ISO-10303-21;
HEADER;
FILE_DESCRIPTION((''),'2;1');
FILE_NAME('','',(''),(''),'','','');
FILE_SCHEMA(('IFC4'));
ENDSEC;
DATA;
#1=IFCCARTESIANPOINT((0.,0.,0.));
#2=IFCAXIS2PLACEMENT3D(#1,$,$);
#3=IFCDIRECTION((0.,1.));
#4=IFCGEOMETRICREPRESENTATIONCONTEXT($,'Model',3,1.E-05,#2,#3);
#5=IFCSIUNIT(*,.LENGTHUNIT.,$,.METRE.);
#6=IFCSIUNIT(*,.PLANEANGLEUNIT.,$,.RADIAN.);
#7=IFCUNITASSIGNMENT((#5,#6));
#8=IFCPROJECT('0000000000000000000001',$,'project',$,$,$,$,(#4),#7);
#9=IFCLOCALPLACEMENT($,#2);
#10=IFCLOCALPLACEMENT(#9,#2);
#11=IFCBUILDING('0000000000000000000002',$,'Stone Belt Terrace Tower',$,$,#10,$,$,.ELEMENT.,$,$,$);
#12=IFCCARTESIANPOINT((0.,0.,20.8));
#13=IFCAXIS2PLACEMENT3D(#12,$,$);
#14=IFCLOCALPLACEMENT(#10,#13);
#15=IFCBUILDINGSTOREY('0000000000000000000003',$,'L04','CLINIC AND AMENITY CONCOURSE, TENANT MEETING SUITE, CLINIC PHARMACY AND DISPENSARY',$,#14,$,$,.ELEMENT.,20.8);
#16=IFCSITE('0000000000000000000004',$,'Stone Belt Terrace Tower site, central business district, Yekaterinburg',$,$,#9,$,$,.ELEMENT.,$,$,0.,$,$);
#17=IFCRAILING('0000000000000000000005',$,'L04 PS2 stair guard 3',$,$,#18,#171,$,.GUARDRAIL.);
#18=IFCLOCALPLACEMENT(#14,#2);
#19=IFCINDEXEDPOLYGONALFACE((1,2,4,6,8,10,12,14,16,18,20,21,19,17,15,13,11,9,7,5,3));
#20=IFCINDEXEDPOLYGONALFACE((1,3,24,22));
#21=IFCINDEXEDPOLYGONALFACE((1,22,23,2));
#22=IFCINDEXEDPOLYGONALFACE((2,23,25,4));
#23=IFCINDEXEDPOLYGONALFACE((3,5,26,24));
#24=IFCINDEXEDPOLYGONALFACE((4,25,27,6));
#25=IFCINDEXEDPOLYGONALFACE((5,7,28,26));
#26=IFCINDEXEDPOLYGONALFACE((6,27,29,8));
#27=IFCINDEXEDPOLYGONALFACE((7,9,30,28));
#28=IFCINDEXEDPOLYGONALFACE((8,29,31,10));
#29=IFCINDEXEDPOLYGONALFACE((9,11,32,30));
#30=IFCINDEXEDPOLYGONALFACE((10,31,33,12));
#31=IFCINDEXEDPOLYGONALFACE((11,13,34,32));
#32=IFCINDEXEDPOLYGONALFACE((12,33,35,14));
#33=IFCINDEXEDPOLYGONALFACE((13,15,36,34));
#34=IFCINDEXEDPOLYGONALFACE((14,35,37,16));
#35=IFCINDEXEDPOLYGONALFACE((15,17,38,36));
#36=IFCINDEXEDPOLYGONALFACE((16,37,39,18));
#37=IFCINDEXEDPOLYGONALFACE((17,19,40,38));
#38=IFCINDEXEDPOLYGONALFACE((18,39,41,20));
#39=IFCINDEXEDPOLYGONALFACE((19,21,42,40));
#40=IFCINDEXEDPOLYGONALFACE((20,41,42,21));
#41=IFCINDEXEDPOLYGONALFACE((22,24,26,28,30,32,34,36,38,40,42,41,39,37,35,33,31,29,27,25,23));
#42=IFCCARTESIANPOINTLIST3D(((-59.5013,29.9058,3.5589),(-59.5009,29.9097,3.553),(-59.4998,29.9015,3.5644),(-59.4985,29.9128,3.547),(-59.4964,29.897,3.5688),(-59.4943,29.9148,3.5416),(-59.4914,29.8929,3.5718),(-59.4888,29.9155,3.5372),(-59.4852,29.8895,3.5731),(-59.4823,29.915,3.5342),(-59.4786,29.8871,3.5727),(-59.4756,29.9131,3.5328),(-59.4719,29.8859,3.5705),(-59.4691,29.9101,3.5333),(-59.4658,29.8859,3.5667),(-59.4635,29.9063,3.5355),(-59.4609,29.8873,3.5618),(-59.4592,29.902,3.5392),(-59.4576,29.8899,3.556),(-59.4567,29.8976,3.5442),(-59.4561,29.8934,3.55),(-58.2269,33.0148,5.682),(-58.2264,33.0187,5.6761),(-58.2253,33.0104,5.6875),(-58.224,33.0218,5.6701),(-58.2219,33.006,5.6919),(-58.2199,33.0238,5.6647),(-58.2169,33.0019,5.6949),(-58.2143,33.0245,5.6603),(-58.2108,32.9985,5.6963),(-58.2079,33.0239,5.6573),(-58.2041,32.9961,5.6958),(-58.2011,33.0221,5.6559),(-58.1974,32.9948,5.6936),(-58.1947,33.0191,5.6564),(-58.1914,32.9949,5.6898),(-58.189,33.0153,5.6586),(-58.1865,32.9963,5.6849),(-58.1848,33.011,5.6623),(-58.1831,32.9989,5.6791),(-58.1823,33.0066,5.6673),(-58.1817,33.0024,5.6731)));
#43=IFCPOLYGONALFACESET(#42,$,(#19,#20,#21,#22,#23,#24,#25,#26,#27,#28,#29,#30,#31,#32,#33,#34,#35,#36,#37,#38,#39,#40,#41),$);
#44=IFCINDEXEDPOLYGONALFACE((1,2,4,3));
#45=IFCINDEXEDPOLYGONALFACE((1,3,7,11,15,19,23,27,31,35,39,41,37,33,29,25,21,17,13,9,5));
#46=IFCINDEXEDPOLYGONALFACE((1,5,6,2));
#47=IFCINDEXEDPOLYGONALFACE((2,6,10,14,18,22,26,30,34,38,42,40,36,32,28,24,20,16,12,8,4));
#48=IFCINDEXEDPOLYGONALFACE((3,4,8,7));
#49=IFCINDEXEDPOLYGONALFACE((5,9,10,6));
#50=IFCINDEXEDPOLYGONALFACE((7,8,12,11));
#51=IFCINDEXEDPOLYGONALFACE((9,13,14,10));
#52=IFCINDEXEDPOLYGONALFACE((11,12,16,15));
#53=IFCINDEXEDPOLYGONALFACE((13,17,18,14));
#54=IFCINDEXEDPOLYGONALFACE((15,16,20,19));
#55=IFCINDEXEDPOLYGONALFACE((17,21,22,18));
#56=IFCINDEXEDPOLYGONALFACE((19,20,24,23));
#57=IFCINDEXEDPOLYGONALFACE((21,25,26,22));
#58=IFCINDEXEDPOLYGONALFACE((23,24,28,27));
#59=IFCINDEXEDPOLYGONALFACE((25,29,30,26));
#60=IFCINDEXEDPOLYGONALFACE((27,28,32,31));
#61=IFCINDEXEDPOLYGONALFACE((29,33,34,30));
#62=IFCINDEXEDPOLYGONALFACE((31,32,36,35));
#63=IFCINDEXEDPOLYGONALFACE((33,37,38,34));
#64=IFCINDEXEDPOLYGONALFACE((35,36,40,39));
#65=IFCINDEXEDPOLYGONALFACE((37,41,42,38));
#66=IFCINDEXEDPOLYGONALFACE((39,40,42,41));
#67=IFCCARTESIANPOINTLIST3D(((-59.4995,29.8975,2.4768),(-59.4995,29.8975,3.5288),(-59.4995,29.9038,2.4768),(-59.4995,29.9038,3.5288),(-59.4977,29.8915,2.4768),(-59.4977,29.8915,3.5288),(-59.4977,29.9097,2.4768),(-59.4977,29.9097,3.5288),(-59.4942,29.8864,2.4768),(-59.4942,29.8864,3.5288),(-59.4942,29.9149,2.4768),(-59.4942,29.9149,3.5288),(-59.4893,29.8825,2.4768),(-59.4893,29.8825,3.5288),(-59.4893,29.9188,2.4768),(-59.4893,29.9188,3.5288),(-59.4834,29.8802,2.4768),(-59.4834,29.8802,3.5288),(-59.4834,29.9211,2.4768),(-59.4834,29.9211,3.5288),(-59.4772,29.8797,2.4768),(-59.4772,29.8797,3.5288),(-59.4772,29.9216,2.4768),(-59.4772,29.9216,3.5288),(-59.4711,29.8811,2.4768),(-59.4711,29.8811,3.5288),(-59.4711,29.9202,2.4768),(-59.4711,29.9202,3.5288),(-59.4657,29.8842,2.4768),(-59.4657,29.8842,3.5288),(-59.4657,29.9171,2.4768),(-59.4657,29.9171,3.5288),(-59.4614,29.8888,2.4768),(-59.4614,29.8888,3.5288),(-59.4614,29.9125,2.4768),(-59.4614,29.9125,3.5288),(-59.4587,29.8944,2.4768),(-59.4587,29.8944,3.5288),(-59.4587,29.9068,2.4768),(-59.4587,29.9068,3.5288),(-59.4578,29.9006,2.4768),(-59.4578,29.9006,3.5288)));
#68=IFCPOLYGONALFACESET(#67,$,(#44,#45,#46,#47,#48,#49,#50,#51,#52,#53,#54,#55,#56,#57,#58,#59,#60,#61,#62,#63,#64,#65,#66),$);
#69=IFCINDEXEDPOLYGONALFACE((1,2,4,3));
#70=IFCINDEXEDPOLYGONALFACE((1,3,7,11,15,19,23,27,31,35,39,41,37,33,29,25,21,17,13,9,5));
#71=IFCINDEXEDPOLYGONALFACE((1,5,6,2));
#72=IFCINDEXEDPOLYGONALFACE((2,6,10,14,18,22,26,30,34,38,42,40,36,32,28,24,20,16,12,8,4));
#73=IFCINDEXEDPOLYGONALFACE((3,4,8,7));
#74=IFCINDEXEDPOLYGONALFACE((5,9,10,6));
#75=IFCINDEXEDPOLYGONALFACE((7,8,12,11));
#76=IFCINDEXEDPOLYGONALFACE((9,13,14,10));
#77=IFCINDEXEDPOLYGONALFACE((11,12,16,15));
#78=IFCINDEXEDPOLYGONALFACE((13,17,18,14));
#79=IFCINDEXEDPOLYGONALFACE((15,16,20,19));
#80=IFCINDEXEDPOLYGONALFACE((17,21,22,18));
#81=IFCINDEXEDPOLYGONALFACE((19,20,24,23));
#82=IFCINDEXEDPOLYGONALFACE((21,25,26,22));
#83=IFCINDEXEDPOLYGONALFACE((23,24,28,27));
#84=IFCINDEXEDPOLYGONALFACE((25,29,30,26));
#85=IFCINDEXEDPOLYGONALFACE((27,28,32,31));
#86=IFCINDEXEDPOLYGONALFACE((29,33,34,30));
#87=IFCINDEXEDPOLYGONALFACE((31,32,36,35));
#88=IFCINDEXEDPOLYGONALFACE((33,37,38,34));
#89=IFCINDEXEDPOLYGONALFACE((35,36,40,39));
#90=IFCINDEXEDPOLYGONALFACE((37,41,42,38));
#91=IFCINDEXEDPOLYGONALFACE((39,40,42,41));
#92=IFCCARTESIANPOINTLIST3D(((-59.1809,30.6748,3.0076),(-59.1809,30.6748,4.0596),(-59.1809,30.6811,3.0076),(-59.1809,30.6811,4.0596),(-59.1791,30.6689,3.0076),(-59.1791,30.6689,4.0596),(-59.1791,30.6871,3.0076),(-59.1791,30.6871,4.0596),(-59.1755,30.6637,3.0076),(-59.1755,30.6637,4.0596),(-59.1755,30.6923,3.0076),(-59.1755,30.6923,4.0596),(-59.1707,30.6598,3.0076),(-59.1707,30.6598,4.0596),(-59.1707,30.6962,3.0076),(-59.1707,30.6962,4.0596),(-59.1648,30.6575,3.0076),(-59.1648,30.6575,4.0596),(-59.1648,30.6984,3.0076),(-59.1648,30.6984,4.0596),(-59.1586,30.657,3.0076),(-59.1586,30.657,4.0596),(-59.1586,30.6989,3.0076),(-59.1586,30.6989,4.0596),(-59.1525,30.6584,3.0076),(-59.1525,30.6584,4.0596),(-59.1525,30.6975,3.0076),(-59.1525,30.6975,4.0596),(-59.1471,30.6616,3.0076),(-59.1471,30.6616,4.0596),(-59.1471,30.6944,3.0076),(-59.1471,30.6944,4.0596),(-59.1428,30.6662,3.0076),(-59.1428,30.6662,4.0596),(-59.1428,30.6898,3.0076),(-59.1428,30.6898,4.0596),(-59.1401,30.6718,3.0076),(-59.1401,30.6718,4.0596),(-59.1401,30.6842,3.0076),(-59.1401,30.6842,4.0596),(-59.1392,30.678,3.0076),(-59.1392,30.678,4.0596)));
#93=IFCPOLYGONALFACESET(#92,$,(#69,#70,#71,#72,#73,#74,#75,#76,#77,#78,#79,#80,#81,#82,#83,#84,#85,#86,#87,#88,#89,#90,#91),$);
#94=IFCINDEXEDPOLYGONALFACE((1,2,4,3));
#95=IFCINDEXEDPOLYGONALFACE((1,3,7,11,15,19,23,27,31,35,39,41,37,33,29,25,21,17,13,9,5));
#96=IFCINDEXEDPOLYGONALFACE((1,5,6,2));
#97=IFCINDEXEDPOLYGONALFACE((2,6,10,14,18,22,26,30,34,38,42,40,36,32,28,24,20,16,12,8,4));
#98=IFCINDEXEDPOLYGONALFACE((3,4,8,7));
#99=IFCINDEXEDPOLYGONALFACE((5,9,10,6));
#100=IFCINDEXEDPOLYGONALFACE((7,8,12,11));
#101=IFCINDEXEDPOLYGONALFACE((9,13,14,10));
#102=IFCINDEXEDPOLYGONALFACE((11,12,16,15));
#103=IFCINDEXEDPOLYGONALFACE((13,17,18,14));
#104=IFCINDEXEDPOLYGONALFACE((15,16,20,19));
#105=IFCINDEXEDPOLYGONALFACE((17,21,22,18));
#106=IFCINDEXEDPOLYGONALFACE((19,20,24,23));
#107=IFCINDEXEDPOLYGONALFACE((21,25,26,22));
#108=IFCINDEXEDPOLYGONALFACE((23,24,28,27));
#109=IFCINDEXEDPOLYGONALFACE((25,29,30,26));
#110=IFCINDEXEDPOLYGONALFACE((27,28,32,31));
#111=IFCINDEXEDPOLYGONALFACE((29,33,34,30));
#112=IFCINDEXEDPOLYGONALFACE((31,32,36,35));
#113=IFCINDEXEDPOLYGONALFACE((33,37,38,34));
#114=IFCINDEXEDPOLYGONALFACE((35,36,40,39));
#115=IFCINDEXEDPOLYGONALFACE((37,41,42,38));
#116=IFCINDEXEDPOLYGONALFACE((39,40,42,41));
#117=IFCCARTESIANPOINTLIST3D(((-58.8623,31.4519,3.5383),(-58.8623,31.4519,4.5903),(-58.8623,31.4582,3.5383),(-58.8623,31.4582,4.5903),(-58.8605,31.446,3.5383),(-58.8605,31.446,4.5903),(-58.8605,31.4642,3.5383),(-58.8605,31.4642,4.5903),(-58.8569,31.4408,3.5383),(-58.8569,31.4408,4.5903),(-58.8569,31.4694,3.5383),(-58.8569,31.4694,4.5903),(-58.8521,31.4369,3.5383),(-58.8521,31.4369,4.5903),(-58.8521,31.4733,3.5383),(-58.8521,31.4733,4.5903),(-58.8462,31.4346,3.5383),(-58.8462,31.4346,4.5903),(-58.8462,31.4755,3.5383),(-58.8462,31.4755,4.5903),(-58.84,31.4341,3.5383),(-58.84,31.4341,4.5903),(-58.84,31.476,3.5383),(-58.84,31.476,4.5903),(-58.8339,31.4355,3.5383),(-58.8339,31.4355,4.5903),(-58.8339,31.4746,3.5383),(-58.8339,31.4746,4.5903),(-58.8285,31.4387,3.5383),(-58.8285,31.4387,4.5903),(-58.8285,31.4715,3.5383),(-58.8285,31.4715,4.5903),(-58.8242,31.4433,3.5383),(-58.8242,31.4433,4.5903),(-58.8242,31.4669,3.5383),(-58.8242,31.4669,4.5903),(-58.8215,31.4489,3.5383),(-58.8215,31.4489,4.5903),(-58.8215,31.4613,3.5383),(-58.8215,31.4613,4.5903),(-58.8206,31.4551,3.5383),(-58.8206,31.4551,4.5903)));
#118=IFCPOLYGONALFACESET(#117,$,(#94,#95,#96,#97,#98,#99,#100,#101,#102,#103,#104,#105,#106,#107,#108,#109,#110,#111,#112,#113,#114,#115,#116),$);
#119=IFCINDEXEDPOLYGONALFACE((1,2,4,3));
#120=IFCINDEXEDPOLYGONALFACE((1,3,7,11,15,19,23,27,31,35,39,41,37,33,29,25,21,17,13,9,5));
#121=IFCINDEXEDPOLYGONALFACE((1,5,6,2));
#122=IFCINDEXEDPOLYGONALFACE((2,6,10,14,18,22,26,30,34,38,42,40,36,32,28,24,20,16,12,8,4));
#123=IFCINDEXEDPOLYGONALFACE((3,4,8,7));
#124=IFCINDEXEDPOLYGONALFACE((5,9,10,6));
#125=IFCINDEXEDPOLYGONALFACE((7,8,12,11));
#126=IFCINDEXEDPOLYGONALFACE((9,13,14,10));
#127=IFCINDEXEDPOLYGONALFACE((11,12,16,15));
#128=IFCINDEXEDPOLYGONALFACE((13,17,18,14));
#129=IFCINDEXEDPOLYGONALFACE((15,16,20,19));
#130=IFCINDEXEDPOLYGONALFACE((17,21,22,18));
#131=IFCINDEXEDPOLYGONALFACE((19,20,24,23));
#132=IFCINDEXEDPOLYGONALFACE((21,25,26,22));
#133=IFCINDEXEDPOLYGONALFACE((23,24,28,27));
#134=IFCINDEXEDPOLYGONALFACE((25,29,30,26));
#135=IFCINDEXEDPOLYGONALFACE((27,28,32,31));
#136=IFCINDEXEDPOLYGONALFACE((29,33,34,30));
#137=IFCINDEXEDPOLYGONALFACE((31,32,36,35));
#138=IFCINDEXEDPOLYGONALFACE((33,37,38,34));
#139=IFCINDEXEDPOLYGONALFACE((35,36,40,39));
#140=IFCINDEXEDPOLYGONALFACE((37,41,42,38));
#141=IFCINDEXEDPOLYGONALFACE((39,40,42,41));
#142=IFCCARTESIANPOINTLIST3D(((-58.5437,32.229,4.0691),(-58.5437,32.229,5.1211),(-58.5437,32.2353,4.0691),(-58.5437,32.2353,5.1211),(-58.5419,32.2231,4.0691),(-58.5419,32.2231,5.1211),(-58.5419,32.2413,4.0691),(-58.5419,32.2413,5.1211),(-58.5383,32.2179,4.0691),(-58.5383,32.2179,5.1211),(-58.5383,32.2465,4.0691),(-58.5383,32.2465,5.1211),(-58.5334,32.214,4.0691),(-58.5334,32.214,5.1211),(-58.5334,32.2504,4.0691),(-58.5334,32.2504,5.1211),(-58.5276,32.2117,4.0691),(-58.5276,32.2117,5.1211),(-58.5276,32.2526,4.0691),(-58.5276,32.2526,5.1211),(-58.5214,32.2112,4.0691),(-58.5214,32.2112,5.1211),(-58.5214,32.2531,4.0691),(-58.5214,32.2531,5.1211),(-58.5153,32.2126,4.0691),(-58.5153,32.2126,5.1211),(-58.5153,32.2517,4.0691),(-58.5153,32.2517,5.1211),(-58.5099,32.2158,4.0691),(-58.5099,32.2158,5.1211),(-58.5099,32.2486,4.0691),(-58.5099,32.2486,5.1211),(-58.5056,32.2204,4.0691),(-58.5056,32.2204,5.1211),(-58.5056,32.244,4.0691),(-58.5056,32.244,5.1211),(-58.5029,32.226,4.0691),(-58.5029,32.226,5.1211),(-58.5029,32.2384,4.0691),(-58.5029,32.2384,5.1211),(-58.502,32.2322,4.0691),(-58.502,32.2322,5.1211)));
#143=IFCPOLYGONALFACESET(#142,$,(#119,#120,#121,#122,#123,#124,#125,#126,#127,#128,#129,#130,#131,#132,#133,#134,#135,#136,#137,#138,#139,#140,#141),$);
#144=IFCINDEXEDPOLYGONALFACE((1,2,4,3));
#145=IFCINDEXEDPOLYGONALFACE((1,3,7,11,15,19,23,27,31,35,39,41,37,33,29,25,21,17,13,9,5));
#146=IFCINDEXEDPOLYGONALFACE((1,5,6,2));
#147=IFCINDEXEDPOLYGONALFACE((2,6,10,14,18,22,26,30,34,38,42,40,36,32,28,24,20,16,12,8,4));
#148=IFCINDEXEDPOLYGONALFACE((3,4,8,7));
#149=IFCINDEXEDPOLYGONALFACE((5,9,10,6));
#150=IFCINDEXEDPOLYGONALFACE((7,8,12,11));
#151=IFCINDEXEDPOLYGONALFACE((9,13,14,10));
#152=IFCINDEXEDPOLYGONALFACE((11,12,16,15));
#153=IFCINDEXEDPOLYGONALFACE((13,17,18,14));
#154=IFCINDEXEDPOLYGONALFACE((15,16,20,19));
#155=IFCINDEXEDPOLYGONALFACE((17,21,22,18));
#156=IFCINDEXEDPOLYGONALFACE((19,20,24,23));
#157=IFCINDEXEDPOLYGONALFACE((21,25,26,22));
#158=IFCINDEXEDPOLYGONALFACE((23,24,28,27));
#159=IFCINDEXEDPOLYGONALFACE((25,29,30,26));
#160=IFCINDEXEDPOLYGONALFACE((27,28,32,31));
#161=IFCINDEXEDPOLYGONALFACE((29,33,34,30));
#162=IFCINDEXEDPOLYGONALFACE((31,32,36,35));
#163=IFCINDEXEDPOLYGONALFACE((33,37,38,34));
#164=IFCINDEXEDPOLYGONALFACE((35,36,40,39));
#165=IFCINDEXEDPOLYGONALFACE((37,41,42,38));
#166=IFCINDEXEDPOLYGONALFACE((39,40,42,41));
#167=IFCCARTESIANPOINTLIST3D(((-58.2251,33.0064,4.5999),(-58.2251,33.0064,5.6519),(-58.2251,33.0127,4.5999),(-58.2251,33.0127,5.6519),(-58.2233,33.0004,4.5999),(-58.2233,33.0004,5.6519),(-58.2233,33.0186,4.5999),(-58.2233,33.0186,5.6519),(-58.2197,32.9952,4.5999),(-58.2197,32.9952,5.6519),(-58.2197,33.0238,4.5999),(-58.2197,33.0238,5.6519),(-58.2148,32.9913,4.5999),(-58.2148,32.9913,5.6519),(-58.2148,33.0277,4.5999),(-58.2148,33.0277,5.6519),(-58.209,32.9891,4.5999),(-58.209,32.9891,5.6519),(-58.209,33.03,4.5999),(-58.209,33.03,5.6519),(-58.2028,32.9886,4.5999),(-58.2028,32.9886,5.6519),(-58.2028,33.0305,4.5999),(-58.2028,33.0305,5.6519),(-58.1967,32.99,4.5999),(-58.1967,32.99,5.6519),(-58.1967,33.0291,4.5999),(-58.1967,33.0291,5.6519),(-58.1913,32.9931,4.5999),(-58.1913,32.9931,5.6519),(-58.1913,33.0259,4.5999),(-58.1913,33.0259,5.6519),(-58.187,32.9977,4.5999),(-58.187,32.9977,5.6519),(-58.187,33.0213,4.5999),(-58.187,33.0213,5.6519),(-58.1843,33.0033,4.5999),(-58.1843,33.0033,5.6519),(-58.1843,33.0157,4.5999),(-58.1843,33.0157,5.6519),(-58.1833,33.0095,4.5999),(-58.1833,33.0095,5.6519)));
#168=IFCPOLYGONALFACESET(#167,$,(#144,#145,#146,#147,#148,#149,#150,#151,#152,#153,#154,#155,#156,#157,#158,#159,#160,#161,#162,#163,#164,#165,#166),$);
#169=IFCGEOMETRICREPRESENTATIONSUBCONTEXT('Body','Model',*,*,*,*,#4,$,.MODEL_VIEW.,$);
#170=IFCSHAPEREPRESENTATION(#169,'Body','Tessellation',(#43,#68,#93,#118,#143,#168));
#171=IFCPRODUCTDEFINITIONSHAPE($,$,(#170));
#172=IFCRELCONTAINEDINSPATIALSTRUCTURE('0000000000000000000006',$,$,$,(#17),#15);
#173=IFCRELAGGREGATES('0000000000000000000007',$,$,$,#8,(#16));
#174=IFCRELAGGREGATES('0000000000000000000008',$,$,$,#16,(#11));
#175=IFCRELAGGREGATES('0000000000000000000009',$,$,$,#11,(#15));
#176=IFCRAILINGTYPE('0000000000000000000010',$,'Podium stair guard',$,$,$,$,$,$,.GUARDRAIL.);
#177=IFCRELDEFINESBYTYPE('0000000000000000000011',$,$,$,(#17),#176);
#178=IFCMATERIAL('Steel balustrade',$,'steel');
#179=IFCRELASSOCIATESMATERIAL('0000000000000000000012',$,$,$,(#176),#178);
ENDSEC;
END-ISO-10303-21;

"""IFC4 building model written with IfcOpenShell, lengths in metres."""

from ifc_helpers import new_model, si_unit, direction, frame, origin, origin_2d, place, context, subcontext, project, spatial, circle, extrude, material, type_object, element, save


model = new_model("IFC4")

# Units and contexts
model_context = context("Model", 3, precision=1e-05, world=origin(), true_north=direction((0.0, 1.0)))
body_context = subcontext(model_context, "Body", "Model", "MODEL_VIEW")
ifc_project = project(units=[si_unit("LENGTHUNIT", "METRE"), si_unit("PLANEANGLEUNIT", "RADIAN")], contexts=[model_context])

# Site, building, storey
site_placement = place(None, origin())
site = spatial("IfcSite", under=ifc_project, at=site_placement, Name="Stone Belt Terrace Tower site, central business district, Yekaterinburg", CompositionType="ELEMENT", RefElevation=0.0)
building_placement = place(site_placement, origin())
building = spatial("IfcBuilding", under=site, at=building_placement, Name="Stone Belt Terrace Tower", CompositionType="ELEMENT")
storey_placement = place(building_placement, frame((0.0, 0.0, 20.8)))
storey = spatial("IfcBuildingStorey", under=building, at=storey_placement, Name="L04", Description="CLINIC AND AMENITY CONCOURSE, TENANT MEETING SUITE, CLINIC PHARMACY AND DISPENSARY", CompositionType="ELEMENT", Elevation=20.8)

# Railing
ifc_material_1 = material(Name="Steel balustrade", Category="steel")
railing_type_1 = type_object("IfcRailingType", Name="Podium stair guard", PredefinedType="GUARDRAIL", material=ifc_material_1)
railing_1_placement = place(storey_placement, frame((-59.4788, 29.9006, 2.4768)))
element("IfcRailing", 1, at=railing_1_placement, inside=storey, type_object=railing_type_1, Name="L04 PS2 stair guard 3", PredefinedType="GUARDRAIL", context=body_context, shape_type="SweptSolid", body=[
    extrude(circle(Radius=0.0239, at=origin_2d()), frame((0.0, 0.0, 1.0762), z_axis=(0.320648, 0.782209, 0.534167), x_axis=(-0.925276, 0.379295, 0.0)), (0.0, 0.0, 1.0), 3.9746),
    extrude(circle(Radius=0.021, at=origin_2d()), origin(), (0.0, 0.0, 1.0), 1.052),
    extrude(circle(Radius=0.021, at=origin_2d()), frame((0.3186, 0.7773, 0.5308)), (0.0, 0.0, 1.0), 1.052),
    extrude(circle(Radius=0.021, at=origin_2d()), frame((0.6372, 1.5544, 1.0615)), (0.0, 0.0, 1.0), 1.052),
    extrude(circle(Radius=0.021, at=origin_2d()), frame((0.9558, 2.3315, 1.5923)), (0.0, 0.0, 1.0), 1.052),
    extrude(circle(Radius=0.021, at=origin_2d()), frame((1.2744, 3.1089, 2.123)), (0.0, 0.0, 1.0), 1.052),
])

save(model, "model.ifc")
